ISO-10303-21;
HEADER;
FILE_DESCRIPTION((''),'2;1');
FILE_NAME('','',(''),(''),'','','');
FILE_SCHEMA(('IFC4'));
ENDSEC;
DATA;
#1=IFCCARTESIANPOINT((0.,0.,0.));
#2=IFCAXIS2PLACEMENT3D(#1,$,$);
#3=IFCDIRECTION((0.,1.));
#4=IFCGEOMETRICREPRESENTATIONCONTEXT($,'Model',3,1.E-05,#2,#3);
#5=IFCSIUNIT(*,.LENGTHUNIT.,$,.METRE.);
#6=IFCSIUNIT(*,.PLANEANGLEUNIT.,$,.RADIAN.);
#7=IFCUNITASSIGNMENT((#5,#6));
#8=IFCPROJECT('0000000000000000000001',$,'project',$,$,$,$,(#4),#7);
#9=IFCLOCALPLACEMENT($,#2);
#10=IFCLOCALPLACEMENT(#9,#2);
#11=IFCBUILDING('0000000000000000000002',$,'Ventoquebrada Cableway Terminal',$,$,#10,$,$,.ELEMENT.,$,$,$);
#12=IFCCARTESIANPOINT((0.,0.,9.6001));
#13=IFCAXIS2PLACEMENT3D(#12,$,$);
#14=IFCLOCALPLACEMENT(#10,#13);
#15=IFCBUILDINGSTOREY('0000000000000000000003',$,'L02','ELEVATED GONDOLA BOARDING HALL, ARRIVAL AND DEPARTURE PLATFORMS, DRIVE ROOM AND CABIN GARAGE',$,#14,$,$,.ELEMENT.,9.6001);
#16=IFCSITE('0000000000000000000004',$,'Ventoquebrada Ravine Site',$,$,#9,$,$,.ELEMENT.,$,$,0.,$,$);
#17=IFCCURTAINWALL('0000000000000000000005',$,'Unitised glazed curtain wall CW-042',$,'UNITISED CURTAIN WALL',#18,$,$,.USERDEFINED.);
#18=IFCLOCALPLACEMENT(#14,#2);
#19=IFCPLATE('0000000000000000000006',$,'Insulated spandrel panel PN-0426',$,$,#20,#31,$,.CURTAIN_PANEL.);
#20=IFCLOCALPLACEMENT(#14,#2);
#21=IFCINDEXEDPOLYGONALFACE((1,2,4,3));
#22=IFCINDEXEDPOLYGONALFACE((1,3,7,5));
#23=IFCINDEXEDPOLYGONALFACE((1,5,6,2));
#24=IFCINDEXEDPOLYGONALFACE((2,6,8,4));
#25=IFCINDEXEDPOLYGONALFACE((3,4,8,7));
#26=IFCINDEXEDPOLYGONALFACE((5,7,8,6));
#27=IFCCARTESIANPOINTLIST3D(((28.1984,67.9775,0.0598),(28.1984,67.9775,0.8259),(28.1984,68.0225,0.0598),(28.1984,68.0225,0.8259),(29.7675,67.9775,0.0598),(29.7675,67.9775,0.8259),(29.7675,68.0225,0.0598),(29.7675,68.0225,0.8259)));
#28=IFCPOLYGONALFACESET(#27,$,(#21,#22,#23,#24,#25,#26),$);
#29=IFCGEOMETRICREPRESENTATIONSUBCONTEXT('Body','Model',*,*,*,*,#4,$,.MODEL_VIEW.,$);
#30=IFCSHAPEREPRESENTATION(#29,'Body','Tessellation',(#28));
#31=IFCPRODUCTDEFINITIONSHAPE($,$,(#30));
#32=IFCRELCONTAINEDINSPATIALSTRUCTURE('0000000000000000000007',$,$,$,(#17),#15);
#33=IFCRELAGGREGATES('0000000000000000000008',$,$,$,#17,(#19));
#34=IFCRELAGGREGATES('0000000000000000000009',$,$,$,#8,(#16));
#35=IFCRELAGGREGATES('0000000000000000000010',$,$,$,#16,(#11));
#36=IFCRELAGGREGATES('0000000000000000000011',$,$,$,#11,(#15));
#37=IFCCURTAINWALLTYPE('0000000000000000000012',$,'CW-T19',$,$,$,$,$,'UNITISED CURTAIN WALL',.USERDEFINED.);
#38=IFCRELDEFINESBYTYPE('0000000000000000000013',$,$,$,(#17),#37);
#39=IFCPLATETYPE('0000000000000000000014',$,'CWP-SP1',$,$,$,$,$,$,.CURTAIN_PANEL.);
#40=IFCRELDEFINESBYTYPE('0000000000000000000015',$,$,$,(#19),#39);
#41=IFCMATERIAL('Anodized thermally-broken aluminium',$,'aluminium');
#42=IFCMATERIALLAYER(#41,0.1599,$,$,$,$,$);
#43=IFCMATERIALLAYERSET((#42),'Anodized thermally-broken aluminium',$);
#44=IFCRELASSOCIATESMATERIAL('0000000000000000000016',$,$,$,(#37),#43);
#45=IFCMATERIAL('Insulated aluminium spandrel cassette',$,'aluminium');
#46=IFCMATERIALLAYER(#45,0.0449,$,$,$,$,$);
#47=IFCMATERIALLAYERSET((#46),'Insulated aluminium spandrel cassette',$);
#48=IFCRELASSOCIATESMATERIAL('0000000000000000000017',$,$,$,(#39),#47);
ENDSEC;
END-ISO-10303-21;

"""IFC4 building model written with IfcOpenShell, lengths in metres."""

from ifc_helpers import new_model, si_unit, direction, frame, origin, origin_2d, place, context, subcontext, project, spatial, rectangle, extrude, material, layer, layer_set, type_object, element, aggregate, save


model = new_model("IFC4")

# Units and contexts
model_context = context("Model", 3, precision=1e-05, world=origin(), true_north=direction((0.0, 1.0)))
body_context = subcontext(model_context, "Body", "Model", "MODEL_VIEW")
ifc_project = project(units=[si_unit("LENGTHUNIT", "METRE"), si_unit("PLANEANGLEUNIT", "RADIAN")], contexts=[model_context])

# Site, building, storey
site_placement = place(None, origin())
site = spatial("IfcSite", under=ifc_project, at=site_placement, Name="Ventoquebrada Ravine Site", CompositionType="ELEMENT", RefElevation=0.0)
building_placement = place(site_placement, origin())
building = spatial("IfcBuilding", under=site, at=building_placement, Name="Ventoquebrada Cableway Terminal", CompositionType="ELEMENT")
storey_placement = place(building_placement, frame((0.0, 0.0, 9.6001)))
storey = spatial("IfcBuildingStorey", under=building, at=storey_placement, Name="L02", Description="ELEVATED GONDOLA BOARDING HALL, ARRIVAL AND DEPARTURE PLATFORMS, DRIVE ROOM AND CABIN GARAGE", CompositionType="ELEMENT", Elevation=9.6001)

# Curtain wall
ifc_material_1 = material(Name="Anodized thermally-broken aluminium", Category="aluminium")
ifc_layer_1 = layer(ifc_material_1, 0.1599)
ifc_layer_set_1 = layer_set([ifc_layer_1], Name="Anodized thermally-broken aluminium")
curtain_wall_type_1 = type_object("IfcCurtainWallType", Name="CW-T19", ElementType="UNITISED CURTAIN WALL", PredefinedType="USERDEFINED", material=ifc_layer_set_1)
curtain_wall_1_placement = place(storey_placement, origin())
curtain_wall_1 = element("IfcCurtainWall", 1, at=curtain_wall_1_placement, inside=storey, type_object=curtain_wall_type_1, Name="Unitised glazed curtain wall CW-042", ObjectType="UNITISED CURTAIN WALL", PredefinedType="USERDEFINED")

# Plate
ifc_material_2 = material(Name="Insulated aluminium spandrel cassette", Category="aluminium")
ifc_layer_2 = layer(ifc_material_2, 0.0449)
ifc_layer_set_2 = layer_set([ifc_layer_2], Name="Insulated aluminium spandrel cassette")
plate_type_1 = type_object("IfcPlateType", Name="CWP-SP1", PredefinedType="CURTAIN_PANEL", material=ifc_layer_set_2)
plate_1_placement = place(storey_placement, frame((28.9829, 68.0, 0.0598), z_axis=(0.0, 0.0, 1.0), x_axis=(1.0, 0.0, 0.0)))
plate_1 = element("IfcPlate", 2, at=plate_1_placement, type_object=plate_type_1, Name="Insulated spandrel panel PN-0426", PredefinedType="CURTAIN_PANEL", context=body_context, shape_type="SweptSolid", body=[
    extrude(rectangle(XDim=1.5691, YDim=0.0449, at=origin_2d()), origin(), (0.0, 0.0, 1.0), 0.7661),
])
aggregate(curtain_wall_1, [plate_1])

save(model, "model.ifc")
